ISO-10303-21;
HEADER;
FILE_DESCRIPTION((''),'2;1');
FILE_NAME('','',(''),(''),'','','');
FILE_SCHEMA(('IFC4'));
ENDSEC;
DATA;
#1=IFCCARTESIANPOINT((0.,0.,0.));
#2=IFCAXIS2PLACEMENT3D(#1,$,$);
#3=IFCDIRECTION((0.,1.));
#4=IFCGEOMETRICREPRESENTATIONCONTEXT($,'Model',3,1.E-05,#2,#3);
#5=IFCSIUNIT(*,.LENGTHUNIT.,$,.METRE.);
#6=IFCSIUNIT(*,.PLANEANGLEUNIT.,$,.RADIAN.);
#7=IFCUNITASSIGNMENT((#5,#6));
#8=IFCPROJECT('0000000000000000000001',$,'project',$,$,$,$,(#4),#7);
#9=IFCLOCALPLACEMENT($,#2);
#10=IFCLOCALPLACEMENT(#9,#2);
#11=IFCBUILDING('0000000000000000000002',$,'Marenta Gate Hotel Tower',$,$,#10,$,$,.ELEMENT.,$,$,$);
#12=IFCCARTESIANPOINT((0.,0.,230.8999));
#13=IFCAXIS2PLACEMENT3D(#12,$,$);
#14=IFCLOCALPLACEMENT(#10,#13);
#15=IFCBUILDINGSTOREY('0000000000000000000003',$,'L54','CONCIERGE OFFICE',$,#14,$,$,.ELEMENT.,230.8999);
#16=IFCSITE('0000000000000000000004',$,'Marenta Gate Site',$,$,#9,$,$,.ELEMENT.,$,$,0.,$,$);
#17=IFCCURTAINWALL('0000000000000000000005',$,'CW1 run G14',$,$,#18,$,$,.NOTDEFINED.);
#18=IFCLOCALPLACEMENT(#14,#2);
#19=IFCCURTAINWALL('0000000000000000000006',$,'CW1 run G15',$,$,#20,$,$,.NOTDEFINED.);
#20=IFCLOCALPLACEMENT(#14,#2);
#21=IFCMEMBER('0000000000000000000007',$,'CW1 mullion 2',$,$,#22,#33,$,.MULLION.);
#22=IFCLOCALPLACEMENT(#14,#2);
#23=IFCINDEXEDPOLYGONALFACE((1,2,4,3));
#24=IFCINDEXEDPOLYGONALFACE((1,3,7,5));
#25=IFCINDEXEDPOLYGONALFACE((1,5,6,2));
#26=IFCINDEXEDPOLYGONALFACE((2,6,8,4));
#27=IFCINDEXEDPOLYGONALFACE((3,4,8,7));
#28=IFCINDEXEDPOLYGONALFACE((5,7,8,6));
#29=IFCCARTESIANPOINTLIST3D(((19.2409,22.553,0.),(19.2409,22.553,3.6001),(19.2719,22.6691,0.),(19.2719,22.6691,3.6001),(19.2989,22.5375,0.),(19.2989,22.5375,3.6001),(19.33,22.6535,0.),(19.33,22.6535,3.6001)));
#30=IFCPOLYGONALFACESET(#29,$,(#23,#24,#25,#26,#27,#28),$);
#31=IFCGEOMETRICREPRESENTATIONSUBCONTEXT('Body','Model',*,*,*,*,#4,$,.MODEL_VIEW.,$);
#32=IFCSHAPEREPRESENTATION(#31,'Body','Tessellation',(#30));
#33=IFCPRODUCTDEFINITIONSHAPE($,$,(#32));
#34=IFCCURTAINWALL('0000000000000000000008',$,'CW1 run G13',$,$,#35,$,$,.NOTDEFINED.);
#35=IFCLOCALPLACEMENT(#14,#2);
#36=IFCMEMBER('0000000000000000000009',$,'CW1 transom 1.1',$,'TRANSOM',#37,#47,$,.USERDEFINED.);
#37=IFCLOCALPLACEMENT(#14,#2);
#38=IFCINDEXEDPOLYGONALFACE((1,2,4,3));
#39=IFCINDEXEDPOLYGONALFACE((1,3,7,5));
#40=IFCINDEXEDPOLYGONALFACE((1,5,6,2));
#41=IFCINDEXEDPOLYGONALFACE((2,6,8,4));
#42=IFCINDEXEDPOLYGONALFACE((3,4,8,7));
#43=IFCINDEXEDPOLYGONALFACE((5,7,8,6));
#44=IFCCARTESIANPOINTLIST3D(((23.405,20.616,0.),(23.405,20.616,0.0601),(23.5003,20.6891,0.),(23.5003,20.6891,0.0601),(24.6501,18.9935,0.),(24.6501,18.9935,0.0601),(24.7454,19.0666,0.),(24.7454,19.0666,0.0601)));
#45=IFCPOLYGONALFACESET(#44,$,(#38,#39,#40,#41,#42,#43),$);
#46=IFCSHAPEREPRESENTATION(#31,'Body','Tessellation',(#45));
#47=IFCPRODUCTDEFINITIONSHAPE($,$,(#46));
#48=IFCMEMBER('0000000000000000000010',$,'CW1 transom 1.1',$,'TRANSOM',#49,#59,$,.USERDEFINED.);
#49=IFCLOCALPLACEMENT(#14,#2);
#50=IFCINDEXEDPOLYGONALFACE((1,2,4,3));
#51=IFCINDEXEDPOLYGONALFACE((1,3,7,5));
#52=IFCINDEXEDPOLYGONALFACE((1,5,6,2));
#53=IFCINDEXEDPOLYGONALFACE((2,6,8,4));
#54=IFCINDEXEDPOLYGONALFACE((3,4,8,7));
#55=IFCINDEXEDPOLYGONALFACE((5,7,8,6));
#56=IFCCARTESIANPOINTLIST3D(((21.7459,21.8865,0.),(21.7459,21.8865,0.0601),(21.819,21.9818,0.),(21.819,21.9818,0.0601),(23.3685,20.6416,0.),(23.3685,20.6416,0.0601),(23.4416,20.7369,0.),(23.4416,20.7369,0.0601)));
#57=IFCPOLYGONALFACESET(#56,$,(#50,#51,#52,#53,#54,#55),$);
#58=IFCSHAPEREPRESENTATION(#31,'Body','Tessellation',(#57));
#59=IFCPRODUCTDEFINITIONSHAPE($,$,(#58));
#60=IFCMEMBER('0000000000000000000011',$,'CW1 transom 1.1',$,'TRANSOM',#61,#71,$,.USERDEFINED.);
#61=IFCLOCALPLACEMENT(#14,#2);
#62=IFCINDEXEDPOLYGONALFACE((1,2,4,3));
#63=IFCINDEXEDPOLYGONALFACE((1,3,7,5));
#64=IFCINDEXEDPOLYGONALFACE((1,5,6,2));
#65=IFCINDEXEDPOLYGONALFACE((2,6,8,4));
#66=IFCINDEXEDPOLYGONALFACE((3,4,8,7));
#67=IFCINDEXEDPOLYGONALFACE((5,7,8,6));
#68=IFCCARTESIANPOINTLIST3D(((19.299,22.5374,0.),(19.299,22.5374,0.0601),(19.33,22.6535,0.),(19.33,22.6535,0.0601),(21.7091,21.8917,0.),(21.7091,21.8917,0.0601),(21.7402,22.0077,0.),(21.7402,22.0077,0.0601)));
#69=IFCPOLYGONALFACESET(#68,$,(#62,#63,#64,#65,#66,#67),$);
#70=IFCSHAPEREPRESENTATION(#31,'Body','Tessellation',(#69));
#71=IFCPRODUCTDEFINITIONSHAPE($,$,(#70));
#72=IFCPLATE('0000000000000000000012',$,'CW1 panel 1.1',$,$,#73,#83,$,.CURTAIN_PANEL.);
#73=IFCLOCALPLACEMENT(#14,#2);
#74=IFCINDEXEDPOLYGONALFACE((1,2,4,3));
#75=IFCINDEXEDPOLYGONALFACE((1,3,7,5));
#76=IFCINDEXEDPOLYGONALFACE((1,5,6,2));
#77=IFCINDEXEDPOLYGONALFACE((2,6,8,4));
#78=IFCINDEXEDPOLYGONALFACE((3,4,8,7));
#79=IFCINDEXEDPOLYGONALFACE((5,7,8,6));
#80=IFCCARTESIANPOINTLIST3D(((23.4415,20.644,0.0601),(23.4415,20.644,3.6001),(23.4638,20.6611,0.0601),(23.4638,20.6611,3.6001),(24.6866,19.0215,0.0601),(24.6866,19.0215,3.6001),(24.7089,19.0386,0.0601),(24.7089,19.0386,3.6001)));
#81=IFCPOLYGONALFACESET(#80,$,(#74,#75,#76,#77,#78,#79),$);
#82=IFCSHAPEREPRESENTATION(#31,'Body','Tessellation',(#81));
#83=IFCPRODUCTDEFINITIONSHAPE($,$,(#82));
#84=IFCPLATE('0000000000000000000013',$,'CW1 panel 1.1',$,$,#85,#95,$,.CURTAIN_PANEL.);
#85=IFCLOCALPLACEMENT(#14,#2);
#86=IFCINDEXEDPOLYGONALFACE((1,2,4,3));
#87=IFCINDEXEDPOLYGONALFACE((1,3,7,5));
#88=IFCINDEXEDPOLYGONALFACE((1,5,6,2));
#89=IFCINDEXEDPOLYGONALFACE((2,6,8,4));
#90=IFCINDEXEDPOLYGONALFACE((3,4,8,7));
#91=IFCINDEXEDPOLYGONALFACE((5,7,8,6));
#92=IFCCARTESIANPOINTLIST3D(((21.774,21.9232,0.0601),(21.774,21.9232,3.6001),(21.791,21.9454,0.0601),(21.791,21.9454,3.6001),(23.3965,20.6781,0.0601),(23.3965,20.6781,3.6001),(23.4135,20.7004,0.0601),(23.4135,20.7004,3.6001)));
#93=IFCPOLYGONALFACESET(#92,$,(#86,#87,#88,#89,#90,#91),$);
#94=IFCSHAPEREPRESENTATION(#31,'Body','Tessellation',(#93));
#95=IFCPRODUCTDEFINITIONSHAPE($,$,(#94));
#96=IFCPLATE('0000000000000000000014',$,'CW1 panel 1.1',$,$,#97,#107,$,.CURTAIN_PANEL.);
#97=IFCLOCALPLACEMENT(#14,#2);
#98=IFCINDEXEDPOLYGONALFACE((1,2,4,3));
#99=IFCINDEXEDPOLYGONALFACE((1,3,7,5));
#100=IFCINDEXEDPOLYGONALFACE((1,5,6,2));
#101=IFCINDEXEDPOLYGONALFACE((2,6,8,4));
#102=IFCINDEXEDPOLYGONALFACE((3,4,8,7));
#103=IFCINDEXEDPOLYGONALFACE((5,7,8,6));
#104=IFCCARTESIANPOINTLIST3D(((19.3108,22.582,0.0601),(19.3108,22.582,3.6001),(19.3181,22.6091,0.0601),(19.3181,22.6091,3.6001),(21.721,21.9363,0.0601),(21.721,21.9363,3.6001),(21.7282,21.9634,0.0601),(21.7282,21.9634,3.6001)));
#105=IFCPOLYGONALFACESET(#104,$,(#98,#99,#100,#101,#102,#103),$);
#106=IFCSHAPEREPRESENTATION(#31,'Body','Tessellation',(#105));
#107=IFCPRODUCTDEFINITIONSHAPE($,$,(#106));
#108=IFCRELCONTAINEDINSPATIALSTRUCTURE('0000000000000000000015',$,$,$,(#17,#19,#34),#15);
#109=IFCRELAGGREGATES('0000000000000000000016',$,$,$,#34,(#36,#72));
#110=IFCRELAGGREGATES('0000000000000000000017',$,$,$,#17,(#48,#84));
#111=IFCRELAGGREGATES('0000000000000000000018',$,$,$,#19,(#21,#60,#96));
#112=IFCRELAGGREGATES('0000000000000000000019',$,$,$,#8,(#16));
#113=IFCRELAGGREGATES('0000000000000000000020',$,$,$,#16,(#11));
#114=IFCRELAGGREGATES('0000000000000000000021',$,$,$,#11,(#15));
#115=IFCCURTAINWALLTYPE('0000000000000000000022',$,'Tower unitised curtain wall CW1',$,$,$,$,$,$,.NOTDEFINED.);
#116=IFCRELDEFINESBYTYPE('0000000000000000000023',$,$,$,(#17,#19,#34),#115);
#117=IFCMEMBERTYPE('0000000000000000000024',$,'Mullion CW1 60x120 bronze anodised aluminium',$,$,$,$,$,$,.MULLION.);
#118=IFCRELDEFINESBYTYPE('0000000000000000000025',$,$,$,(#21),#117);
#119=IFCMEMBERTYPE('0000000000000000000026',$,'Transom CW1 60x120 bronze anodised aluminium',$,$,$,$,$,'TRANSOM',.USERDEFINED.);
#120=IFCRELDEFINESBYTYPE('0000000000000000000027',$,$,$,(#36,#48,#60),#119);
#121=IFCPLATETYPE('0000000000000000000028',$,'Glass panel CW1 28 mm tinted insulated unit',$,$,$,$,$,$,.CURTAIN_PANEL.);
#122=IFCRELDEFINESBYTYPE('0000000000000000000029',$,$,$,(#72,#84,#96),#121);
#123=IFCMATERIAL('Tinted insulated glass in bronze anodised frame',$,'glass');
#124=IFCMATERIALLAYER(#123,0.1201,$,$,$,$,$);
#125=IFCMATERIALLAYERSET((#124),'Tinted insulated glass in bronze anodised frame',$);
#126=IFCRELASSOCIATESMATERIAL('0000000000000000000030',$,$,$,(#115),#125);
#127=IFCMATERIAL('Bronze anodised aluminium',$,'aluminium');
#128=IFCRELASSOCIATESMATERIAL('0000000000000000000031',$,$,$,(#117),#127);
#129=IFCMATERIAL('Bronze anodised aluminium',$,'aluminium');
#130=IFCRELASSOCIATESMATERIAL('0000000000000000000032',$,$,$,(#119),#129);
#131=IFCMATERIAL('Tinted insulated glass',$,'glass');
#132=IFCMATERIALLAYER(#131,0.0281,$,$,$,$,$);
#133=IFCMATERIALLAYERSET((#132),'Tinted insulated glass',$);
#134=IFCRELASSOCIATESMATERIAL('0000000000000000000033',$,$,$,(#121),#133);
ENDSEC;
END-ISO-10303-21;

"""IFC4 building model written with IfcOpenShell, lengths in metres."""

from ifc_helpers import new_model, si_unit, direction, frame, origin, origin_2d, place, context, subcontext, project, spatial, rectangle, extrude, material, layer, layer_set, material_profile, profile_set, type_object, element, aggregate, save


model = new_model("IFC4")

# Units and contexts
model_context = context("Model", 3, precision=1e-05, world=origin(), true_north=direction((0.0, 1.0)))
body_context = subcontext(model_context, "Body", "Model", "MODEL_VIEW")
ifc_project = project(units=[si_unit("LENGTHUNIT", "METRE"), si_unit("PLANEANGLEUNIT", "RADIAN")], contexts=[model_context])

# Site, building, storey
site_placement = place(None, origin())
site = spatial("IfcSite", under=ifc_project, at=site_placement, Name="Marenta Gate Site", CompositionType="ELEMENT", RefElevation=0.0)
building_placement = place(site_placement, origin())
building = spatial("IfcBuilding", under=site, at=building_placement, Name="Marenta Gate Hotel Tower", CompositionType="ELEMENT")
storey_placement = place(building_placement, frame((0.0, 0.0, 230.8999)))
storey = spatial("IfcBuildingStorey", under=building, at=storey_placement, Name="L54", Description="CONCIERGE OFFICE", CompositionType="ELEMENT", Elevation=230.8999)

# Curtain wall
ifc_material_1 = material(Name="Tinted insulated glass in bronze anodised frame", Category="glass")
ifc_layer_1 = layer(ifc_material_1, 0.1201)
ifc_layer_set_1 = layer_set([ifc_layer_1], Name="Tinted insulated glass in bronze anodised frame")
curtain_wall_type = type_object("IfcCurtainWallType", Name="Tower unitised curtain wall CW1", PredefinedType="NOTDEFINED", material=ifc_layer_set_1)
curtain_wall_1_placement = place(storey_placement, origin())
curtain_wall_1 = element("IfcCurtainWall", 1, at=curtain_wall_1_placement, inside=storey, type_object=curtain_wall_type, Name="CW1 run G14", PredefinedType="NOTDEFINED")
ifc_material_2 = material(Name="Bronze anodised aluminium", Category="aluminium")
ifc_material_profile_1 = material_profile(ifc_material_2, rectangle(XDim=0.1201, YDim=0.0601, at=origin_2d()), Name="Mullion CW1 60x120 bronze anodised aluminium")
ifc_profile_set_1 = profile_set([ifc_material_profile_1], Name="Bronze anodised aluminium")
member_type_1 = type_object("IfcMemberType", Name="Mullion CW1 60x120 bronze anodised aluminium", PredefinedType="MULLION", material=ifc_profile_set_1)

# Curtain wall, member
curtain_wall_2_placement = place(storey_placement, origin())
curtain_wall_2 = element("IfcCurtainWall", 2, at=curtain_wall_2_placement, inside=storey, type_object=curtain_wall_type, Name="CW1 run G15", PredefinedType="NOTDEFINED")
member_1_placement = place(storey_placement, frame((19.2854, 22.6033, 0.0), z_axis=(0.0, 0.0, 1.0), x_axis=(-0.258805, -0.96593, 0.0)))
member_1 = element("IfcMember", 3, at=member_1_placement, type_object=member_type_1, Name="CW1 mullion 2", PredefinedType="MULLION", context=body_context, shape_type="SweptSolid", body=[
    extrude(rectangle(XDim=0.1201, YDim=0.0601, at=origin_2d()), origin(), (0.0, 0.0, 1.0), 3.6001),
])

# Curtain wall, member
curtain_wall_3_placement = place(storey_placement, origin())
curtain_wall_3 = element("IfcCurtainWall", 4, at=curtain_wall_3_placement, inside=storey, type_object=curtain_wall_type, Name="CW1 run G13", PredefinedType="NOTDEFINED")
ifc_material_3 = material(Name="Bronze anodised aluminium", Category="aluminium")
ifc_material_profile_2 = material_profile(ifc_material_3, rectangle(XDim=0.1201, YDim=0.0601, at=origin_2d()), Name="Transom CW1 60x120 bronze anodised aluminium")
ifc_profile_set_2 = profile_set([ifc_material_profile_2], Name="Bronze anodised aluminium")
member_type_2 = type_object("IfcMemberType", Name="Transom CW1 60x120 bronze anodised aluminium", ElementType="TRANSOM", PredefinedType="USERDEFINED", material=ifc_profile_set_2)
member_2_placement = place(storey_placement, frame((24.6978, 19.03, 0.03), z_axis=(-0.608787, 0.793333, 0.0), x_axis=(-0.793333, -0.608787, 0.0)))
member_2 = element("IfcMember", 5, at=member_2_placement, type_object=member_type_2, Name="CW1 transom 1.1", ObjectType="TRANSOM", PredefinedType="USERDEFINED", context=body_context, shape_type="SweptSolid", body=[
    extrude(rectangle(XDim=0.1201, YDim=0.0601, at=origin_2d()), origin(), (0.0, 0.0, 1.0), 2.0452),
])

# Members
member_3_placement = place(storey_placement, frame((23.405, 20.6892, 0.03), z_axis=(-0.793391, 0.608712, 0.0), x_axis=(-0.608712, -0.793391, 0.0)))
member_3 = element("IfcMember", 6, at=member_3_placement, type_object=member_type_2, Name="CW1 transom 1.1", ObjectType="TRANSOM", PredefinedType="USERDEFINED", context=body_context, shape_type="SweptSolid", body=[
    extrude(rectangle(XDim=0.1201, YDim=0.0601, at=origin_2d()), origin(), (0.0, 0.0, 1.0), 2.0452),
])
member_4_placement = place(storey_placement, frame((21.7246, 21.9497, 0.03), z_axis=(-0.965931, 0.258801, 0.0), x_axis=(-0.258801, -0.965931, 0.0)))
member_4 = element("IfcMember", 7, at=member_4_placement, type_object=member_type_2, Name="CW1 transom 1.1", ObjectType="TRANSOM", PredefinedType="USERDEFINED", context=body_context, shape_type="SweptSolid", body=[
    extrude(rectangle(XDim=0.1201, YDim=0.0601, at=origin_2d()), origin(), (0.0, 0.0, 1.0), 2.4951),
])

# Plates
ifc_material_4 = material(Name="Tinted insulated glass", Category="glass")
ifc_layer_2 = layer(ifc_material_4, 0.0281)
ifc_layer_set_2 = layer_set([ifc_layer_2], Name="Tinted insulated glass")
plate_type = type_object("IfcPlateType", Name="Glass panel CW1 28 mm tinted insulated unit", PredefinedType="CURTAIN_PANEL", material=ifc_layer_set_2)
plate_1_placement = place(storey_placement, frame((24.0752, 19.8413, 0.0601), z_axis=(0.0, 0.0, 1.0), x_axis=(-0.608787, 0.793333, 0.0)))
plate_1 = element("IfcPlate", 8, at=plate_1_placement, type_object=plate_type, Name="CW1 panel 1.1", PredefinedType="CURTAIN_PANEL", context=body_context, shape_type="SweptSolid", body=[
    extrude(rectangle(XDim=2.0452, YDim=0.0281, at=origin_2d()), origin(), (0.0, 0.0, 1.0), 3.54),
])
aggregate(curtain_wall_3, [member_2, plate_1])
plate_2_placement = place(storey_placement, frame((22.5938, 21.3118, 0.0601), z_axis=(0.0, 0.0, 1.0), x_axis=(-0.793333, 0.608787, 0.0)))
plate_2 = element("IfcPlate", 9, at=plate_2_placement, type_object=plate_type, Name="CW1 panel 1.1", PredefinedType="CURTAIN_PANEL", context=body_context, shape_type="SweptSolid", body=[
    extrude(rectangle(XDim=2.0452, YDim=0.0281, at=origin_2d()), origin(), (0.0, 0.0, 1.0), 3.54),
])
aggregate(curtain_wall_1, [member_3, plate_2])
plate_3_placement = place(storey_placement, frame((20.5195, 22.2727, 0.0601), z_axis=(0.0, 0.0, 1.0), x_axis=(-0.96593, 0.258805, 0.0)))
plate_3 = element("IfcPlate", 10, at=plate_3_placement, type_object=plate_type, Name="CW1 panel 1.1", PredefinedType="CURTAIN_PANEL", context=body_context, shape_type="SweptSolid", body=[
    extrude(rectangle(XDim=2.4951, YDim=0.0281, at=origin_2d()), origin(), (0.0, 0.0, 1.0), 3.54),
])
aggregate(curtain_wall_2, [member_1, member_4, plate_3])

save(model, "model.ifc")
